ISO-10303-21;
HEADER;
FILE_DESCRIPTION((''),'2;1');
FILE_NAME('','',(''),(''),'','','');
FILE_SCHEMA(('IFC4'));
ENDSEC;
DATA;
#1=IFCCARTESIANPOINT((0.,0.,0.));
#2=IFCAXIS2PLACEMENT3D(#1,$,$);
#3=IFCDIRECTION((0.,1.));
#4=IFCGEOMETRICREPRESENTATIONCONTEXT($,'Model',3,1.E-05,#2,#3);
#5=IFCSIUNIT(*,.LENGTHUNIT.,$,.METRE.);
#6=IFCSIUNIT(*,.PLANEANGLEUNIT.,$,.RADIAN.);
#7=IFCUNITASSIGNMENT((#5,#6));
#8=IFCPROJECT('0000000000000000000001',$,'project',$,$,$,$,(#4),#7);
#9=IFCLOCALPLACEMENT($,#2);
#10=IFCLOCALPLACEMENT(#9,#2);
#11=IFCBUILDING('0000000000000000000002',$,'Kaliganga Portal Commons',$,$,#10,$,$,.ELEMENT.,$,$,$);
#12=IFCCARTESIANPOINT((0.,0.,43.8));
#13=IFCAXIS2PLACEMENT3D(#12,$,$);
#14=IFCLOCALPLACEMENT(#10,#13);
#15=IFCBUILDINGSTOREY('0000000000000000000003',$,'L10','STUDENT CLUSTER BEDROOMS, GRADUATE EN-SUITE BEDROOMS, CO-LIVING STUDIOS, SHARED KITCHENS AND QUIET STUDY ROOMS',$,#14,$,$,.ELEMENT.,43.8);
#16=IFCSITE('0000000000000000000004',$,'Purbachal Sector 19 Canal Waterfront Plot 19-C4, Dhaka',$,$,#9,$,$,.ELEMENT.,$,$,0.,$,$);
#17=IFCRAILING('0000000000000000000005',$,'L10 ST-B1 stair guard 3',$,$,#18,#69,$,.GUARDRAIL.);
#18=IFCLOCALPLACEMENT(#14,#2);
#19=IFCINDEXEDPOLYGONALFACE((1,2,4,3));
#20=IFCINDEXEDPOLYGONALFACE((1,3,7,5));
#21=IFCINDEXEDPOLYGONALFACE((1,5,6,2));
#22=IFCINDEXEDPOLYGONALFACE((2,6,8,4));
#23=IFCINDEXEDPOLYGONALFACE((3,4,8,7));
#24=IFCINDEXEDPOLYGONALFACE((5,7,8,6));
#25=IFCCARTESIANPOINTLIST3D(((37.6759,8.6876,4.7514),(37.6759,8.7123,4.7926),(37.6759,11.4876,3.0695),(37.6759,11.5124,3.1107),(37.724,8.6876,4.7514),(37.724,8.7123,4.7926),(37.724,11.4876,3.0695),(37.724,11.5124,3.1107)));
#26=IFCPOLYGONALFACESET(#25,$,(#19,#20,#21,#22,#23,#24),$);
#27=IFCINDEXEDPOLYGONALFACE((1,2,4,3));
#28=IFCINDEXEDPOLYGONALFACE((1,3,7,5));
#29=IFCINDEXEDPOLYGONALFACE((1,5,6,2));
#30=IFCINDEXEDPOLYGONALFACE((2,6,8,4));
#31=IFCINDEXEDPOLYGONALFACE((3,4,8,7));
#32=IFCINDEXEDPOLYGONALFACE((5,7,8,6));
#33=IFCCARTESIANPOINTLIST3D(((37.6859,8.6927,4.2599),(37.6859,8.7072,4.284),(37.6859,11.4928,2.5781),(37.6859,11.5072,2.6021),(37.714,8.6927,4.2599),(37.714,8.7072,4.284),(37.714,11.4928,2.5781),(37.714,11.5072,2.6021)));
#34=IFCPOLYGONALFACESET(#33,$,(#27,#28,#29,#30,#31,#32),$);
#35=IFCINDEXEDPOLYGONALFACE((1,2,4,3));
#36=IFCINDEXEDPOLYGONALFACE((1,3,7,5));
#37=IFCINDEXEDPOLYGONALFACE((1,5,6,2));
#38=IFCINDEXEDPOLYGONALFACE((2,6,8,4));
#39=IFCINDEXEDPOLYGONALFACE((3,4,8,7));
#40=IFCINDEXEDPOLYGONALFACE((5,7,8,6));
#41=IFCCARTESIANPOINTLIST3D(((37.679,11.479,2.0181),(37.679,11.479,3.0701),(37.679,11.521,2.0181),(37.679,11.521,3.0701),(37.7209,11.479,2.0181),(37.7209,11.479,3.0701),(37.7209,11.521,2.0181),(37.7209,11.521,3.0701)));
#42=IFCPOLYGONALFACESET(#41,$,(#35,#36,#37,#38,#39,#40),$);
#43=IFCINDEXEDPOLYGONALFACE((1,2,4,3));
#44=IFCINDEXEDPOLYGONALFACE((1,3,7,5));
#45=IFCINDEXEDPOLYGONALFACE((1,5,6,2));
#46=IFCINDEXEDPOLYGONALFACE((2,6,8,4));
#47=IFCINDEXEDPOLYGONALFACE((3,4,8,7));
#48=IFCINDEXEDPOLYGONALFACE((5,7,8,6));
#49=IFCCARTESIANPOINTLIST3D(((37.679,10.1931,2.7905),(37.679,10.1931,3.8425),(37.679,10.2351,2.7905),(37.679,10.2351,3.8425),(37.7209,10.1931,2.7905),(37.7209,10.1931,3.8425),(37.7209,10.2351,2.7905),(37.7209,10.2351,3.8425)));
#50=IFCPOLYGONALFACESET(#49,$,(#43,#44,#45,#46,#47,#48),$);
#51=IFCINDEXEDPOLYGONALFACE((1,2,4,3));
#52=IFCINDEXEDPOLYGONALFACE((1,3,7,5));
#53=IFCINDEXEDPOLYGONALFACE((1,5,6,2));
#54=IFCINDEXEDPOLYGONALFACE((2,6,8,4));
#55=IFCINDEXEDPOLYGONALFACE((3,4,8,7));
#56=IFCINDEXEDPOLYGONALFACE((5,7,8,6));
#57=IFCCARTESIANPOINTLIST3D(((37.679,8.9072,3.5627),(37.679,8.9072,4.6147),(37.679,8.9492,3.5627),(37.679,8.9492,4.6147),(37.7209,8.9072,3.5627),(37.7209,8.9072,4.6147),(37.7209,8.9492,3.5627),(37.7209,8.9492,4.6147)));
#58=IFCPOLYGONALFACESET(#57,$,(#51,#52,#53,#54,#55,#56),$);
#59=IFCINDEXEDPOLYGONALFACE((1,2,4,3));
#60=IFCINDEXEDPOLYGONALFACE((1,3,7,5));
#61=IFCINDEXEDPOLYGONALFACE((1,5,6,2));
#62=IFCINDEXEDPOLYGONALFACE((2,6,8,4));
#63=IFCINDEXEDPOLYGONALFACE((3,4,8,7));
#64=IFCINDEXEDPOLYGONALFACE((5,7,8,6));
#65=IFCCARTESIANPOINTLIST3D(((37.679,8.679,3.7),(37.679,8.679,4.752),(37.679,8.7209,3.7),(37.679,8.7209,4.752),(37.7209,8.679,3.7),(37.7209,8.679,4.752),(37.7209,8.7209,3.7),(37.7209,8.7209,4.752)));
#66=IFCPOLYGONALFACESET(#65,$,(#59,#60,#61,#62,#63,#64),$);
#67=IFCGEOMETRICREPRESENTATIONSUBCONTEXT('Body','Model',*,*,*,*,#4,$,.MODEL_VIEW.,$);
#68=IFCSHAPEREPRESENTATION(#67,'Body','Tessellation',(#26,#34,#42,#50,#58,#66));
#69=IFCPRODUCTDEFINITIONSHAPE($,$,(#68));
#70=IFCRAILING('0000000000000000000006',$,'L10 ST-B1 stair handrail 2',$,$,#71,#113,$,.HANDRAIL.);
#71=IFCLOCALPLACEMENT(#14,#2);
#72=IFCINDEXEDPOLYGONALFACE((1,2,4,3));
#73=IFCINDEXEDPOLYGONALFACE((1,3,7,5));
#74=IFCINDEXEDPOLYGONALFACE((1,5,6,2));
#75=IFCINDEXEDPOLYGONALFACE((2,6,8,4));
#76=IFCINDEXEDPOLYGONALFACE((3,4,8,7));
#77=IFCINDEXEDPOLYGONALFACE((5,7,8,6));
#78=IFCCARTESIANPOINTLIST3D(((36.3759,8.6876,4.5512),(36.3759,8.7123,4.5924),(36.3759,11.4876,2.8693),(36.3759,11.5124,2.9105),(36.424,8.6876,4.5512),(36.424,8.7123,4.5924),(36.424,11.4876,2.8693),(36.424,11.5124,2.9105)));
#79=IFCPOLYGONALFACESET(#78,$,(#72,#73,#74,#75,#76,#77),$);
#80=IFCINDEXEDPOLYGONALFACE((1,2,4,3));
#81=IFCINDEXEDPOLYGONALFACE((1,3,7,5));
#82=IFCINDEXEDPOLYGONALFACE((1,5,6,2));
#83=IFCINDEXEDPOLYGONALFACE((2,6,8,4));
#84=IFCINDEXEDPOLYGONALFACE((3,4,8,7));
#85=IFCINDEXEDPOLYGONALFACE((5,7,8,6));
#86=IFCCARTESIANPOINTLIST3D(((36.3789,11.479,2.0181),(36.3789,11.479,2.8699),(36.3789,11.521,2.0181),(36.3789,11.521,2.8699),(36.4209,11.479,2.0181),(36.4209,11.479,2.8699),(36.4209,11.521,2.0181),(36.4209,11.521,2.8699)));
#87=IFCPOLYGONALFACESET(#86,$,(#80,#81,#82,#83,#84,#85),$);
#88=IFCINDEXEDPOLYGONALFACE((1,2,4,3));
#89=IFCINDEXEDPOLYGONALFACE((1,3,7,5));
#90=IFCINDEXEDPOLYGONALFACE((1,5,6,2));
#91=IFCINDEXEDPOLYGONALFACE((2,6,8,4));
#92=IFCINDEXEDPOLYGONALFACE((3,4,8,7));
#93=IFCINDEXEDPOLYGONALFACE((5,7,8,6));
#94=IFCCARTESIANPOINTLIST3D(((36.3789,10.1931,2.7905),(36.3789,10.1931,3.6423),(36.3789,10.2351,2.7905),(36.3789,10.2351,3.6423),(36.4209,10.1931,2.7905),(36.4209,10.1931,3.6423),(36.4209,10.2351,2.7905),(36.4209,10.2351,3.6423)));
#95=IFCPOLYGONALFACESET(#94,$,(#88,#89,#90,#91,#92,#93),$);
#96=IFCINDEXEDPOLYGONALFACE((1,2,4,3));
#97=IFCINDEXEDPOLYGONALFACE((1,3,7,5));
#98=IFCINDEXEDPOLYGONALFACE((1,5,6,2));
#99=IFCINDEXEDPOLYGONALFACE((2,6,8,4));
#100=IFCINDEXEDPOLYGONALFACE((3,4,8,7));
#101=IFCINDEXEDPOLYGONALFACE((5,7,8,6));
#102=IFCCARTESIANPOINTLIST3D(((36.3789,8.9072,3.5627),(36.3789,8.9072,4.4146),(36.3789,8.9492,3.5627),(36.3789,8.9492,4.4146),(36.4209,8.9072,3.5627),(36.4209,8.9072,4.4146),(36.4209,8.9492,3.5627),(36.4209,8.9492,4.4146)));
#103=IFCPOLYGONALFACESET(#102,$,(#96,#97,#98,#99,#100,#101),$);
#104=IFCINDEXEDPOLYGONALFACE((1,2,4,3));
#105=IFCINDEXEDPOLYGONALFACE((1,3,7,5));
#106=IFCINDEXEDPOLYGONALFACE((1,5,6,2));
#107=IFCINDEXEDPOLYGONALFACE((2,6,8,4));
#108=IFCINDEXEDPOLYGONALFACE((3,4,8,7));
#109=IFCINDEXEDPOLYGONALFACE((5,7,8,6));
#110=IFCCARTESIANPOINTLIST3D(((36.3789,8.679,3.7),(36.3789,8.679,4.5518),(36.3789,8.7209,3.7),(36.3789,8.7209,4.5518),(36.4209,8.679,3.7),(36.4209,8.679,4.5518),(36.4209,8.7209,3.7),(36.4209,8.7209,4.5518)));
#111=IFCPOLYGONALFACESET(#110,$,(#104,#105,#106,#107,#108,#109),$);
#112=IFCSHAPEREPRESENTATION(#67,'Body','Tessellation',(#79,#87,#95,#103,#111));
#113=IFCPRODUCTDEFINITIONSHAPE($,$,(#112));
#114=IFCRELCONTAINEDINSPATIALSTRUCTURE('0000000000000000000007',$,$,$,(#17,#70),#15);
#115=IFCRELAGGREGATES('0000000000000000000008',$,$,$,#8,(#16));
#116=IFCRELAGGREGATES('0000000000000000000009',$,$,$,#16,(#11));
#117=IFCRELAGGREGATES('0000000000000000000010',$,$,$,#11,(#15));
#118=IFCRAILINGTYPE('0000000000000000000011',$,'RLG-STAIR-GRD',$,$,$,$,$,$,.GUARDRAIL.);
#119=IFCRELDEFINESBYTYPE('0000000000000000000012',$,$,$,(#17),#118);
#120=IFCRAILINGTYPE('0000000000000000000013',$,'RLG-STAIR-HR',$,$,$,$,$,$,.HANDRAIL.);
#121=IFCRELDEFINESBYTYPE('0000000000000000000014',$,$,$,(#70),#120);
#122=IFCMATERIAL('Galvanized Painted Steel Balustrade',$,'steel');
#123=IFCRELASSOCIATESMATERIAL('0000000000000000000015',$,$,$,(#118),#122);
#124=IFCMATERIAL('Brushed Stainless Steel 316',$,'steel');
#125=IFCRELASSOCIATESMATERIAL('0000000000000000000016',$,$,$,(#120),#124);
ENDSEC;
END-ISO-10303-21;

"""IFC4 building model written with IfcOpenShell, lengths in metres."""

from ifc_helpers import new_model, si_unit, direction, frame, origin, origin_2d, place, context, subcontext, project, spatial, rectangle, extrude, material, type_object, element, save


model = new_model("IFC4")

# Units and contexts
model_context = context("Model", 3, precision=1e-05, world=origin(), true_north=direction((0.0, 1.0)))
body_context = subcontext(model_context, "Body", "Model", "MODEL_VIEW")
ifc_project = project(units=[si_unit("LENGTHUNIT", "METRE"), si_unit("PLANEANGLEUNIT", "RADIAN")], contexts=[model_context])

# Site, building, storey
site_placement = place(None, origin())
site = spatial("IfcSite", under=ifc_project, at=site_placement, Name="Purbachal Sector 19 Canal Waterfront Plot 19-C4, Dhaka", CompositionType="ELEMENT", RefElevation=0.0)
building_placement = place(site_placement, origin())
building = spatial("IfcBuilding", under=site, at=building_placement, Name="Kaliganga Portal Commons", CompositionType="ELEMENT")
storey_placement = place(building_placement, frame((0.0, 0.0, 43.8)))
storey = spatial("IfcBuildingStorey", under=building, at=storey_placement, Name="L10", Description="STUDENT CLUSTER BEDROOMS, GRADUATE EN-SUITE BEDROOMS, CO-LIVING STUDIOS, SHARED KITCHENS AND QUIET STUDY ROOMS", CompositionType="ELEMENT", Elevation=43.8)

# Railings
ifc_material_1 = material(Name="Galvanized Painted Steel Balustrade", Category="steel")
railing_type_1 = type_object("IfcRailingType", Name="RLG-STAIR-GRD", PredefinedType="GUARDRAIL", material=ifc_material_1)
railing_1_placement = place(storey_placement, frame((37.7, 11.5, 2.0181)))
element("IfcRailing", 1, at=railing_1_placement, inside=storey, type_object=railing_type_1, Name="L10 ST-B1 stair guard 3", PredefinedType="GUARDRAIL", context=body_context, shape_type="SweptSolid", body=[
    extrude(rectangle(XDim=0.0481, YDim=0.0481, at=origin_2d()), frame((0.0, 0.0, 1.072), z_axis=(0.0, -0.857242, 0.514913), x_axis=(1.0, 0.0, 0.0)), (0.0, 0.0, 1.0), 3.2664),
    extrude(rectangle(XDim=0.0281, YDim=0.0281, at=origin_2d()), frame((0.0, 0.0, 0.572), z_axis=(0.0, -0.857242, 0.514913), x_axis=(1.0, 0.0, 0.0)), (0.0, 0.0, 1.0), 3.2664),
    extrude(rectangle(XDim=0.042, YDim=0.042, at=origin_2d()), origin(), (0.0, 0.0, 1.0), 1.052),
    extrude(rectangle(XDim=0.042, YDim=0.042, at=origin_2d()), frame((0.0, -1.2859, 0.7725)), (0.0, 0.0, 1.0), 1.052),
    extrude(rectangle(XDim=0.042, YDim=0.042, at=origin_2d()), frame((0.0, -2.5718, 1.5447)), (0.0, 0.0, 1.0), 1.052),
    extrude(rectangle(XDim=0.042, YDim=0.042, at=origin_2d()), frame((0.0, -2.8, 1.6819)), (0.0, 0.0, 1.0), 1.052),
])
ifc_material_2 = material(Name="Brushed Stainless Steel 316", Category="steel")
railing_type_2 = type_object("IfcRailingType", Name="RLG-STAIR-HR", PredefinedType="HANDRAIL", material=ifc_material_2)
railing_2_placement = place(storey_placement, frame((36.3999, 11.5, 2.0181)))
element("IfcRailing", 2, at=railing_2_placement, inside=storey, type_object=railing_type_2, Name="L10 ST-B1 stair handrail 2", PredefinedType="HANDRAIL", context=body_context, shape_type="SweptSolid", body=[
    extrude(rectangle(XDim=0.0481, YDim=0.0481, at=origin_2d()), frame((0.0, 0.0, 0.8718), z_axis=(0.0, -0.857242, 0.514913), x_axis=(1.0, 0.0, 0.0)), (0.0, 0.0, 1.0), 3.2664),
    extrude(rectangle(XDim=0.042, YDim=0.042, at=origin_2d()), origin(), (0.0, 0.0, 1.0), 0.8518),
    extrude(rectangle(XDim=0.042, YDim=0.042, at=origin_2d()), frame((0.0, -1.2859, 0.7725)), (0.0, 0.0, 1.0), 0.8518),
    extrude(rectangle(XDim=0.042, YDim=0.042, at=origin_2d()), frame((0.0, -2.5718, 1.5447)), (0.0, 0.0, 1.0), 0.8518),
    extrude(rectangle(XDim=0.042, YDim=0.042, at=origin_2d()), frame((0.0, -2.8, 1.6819)), (0.0, 0.0, 1.0), 0.8518),
])

save(model, "model.ifc")
